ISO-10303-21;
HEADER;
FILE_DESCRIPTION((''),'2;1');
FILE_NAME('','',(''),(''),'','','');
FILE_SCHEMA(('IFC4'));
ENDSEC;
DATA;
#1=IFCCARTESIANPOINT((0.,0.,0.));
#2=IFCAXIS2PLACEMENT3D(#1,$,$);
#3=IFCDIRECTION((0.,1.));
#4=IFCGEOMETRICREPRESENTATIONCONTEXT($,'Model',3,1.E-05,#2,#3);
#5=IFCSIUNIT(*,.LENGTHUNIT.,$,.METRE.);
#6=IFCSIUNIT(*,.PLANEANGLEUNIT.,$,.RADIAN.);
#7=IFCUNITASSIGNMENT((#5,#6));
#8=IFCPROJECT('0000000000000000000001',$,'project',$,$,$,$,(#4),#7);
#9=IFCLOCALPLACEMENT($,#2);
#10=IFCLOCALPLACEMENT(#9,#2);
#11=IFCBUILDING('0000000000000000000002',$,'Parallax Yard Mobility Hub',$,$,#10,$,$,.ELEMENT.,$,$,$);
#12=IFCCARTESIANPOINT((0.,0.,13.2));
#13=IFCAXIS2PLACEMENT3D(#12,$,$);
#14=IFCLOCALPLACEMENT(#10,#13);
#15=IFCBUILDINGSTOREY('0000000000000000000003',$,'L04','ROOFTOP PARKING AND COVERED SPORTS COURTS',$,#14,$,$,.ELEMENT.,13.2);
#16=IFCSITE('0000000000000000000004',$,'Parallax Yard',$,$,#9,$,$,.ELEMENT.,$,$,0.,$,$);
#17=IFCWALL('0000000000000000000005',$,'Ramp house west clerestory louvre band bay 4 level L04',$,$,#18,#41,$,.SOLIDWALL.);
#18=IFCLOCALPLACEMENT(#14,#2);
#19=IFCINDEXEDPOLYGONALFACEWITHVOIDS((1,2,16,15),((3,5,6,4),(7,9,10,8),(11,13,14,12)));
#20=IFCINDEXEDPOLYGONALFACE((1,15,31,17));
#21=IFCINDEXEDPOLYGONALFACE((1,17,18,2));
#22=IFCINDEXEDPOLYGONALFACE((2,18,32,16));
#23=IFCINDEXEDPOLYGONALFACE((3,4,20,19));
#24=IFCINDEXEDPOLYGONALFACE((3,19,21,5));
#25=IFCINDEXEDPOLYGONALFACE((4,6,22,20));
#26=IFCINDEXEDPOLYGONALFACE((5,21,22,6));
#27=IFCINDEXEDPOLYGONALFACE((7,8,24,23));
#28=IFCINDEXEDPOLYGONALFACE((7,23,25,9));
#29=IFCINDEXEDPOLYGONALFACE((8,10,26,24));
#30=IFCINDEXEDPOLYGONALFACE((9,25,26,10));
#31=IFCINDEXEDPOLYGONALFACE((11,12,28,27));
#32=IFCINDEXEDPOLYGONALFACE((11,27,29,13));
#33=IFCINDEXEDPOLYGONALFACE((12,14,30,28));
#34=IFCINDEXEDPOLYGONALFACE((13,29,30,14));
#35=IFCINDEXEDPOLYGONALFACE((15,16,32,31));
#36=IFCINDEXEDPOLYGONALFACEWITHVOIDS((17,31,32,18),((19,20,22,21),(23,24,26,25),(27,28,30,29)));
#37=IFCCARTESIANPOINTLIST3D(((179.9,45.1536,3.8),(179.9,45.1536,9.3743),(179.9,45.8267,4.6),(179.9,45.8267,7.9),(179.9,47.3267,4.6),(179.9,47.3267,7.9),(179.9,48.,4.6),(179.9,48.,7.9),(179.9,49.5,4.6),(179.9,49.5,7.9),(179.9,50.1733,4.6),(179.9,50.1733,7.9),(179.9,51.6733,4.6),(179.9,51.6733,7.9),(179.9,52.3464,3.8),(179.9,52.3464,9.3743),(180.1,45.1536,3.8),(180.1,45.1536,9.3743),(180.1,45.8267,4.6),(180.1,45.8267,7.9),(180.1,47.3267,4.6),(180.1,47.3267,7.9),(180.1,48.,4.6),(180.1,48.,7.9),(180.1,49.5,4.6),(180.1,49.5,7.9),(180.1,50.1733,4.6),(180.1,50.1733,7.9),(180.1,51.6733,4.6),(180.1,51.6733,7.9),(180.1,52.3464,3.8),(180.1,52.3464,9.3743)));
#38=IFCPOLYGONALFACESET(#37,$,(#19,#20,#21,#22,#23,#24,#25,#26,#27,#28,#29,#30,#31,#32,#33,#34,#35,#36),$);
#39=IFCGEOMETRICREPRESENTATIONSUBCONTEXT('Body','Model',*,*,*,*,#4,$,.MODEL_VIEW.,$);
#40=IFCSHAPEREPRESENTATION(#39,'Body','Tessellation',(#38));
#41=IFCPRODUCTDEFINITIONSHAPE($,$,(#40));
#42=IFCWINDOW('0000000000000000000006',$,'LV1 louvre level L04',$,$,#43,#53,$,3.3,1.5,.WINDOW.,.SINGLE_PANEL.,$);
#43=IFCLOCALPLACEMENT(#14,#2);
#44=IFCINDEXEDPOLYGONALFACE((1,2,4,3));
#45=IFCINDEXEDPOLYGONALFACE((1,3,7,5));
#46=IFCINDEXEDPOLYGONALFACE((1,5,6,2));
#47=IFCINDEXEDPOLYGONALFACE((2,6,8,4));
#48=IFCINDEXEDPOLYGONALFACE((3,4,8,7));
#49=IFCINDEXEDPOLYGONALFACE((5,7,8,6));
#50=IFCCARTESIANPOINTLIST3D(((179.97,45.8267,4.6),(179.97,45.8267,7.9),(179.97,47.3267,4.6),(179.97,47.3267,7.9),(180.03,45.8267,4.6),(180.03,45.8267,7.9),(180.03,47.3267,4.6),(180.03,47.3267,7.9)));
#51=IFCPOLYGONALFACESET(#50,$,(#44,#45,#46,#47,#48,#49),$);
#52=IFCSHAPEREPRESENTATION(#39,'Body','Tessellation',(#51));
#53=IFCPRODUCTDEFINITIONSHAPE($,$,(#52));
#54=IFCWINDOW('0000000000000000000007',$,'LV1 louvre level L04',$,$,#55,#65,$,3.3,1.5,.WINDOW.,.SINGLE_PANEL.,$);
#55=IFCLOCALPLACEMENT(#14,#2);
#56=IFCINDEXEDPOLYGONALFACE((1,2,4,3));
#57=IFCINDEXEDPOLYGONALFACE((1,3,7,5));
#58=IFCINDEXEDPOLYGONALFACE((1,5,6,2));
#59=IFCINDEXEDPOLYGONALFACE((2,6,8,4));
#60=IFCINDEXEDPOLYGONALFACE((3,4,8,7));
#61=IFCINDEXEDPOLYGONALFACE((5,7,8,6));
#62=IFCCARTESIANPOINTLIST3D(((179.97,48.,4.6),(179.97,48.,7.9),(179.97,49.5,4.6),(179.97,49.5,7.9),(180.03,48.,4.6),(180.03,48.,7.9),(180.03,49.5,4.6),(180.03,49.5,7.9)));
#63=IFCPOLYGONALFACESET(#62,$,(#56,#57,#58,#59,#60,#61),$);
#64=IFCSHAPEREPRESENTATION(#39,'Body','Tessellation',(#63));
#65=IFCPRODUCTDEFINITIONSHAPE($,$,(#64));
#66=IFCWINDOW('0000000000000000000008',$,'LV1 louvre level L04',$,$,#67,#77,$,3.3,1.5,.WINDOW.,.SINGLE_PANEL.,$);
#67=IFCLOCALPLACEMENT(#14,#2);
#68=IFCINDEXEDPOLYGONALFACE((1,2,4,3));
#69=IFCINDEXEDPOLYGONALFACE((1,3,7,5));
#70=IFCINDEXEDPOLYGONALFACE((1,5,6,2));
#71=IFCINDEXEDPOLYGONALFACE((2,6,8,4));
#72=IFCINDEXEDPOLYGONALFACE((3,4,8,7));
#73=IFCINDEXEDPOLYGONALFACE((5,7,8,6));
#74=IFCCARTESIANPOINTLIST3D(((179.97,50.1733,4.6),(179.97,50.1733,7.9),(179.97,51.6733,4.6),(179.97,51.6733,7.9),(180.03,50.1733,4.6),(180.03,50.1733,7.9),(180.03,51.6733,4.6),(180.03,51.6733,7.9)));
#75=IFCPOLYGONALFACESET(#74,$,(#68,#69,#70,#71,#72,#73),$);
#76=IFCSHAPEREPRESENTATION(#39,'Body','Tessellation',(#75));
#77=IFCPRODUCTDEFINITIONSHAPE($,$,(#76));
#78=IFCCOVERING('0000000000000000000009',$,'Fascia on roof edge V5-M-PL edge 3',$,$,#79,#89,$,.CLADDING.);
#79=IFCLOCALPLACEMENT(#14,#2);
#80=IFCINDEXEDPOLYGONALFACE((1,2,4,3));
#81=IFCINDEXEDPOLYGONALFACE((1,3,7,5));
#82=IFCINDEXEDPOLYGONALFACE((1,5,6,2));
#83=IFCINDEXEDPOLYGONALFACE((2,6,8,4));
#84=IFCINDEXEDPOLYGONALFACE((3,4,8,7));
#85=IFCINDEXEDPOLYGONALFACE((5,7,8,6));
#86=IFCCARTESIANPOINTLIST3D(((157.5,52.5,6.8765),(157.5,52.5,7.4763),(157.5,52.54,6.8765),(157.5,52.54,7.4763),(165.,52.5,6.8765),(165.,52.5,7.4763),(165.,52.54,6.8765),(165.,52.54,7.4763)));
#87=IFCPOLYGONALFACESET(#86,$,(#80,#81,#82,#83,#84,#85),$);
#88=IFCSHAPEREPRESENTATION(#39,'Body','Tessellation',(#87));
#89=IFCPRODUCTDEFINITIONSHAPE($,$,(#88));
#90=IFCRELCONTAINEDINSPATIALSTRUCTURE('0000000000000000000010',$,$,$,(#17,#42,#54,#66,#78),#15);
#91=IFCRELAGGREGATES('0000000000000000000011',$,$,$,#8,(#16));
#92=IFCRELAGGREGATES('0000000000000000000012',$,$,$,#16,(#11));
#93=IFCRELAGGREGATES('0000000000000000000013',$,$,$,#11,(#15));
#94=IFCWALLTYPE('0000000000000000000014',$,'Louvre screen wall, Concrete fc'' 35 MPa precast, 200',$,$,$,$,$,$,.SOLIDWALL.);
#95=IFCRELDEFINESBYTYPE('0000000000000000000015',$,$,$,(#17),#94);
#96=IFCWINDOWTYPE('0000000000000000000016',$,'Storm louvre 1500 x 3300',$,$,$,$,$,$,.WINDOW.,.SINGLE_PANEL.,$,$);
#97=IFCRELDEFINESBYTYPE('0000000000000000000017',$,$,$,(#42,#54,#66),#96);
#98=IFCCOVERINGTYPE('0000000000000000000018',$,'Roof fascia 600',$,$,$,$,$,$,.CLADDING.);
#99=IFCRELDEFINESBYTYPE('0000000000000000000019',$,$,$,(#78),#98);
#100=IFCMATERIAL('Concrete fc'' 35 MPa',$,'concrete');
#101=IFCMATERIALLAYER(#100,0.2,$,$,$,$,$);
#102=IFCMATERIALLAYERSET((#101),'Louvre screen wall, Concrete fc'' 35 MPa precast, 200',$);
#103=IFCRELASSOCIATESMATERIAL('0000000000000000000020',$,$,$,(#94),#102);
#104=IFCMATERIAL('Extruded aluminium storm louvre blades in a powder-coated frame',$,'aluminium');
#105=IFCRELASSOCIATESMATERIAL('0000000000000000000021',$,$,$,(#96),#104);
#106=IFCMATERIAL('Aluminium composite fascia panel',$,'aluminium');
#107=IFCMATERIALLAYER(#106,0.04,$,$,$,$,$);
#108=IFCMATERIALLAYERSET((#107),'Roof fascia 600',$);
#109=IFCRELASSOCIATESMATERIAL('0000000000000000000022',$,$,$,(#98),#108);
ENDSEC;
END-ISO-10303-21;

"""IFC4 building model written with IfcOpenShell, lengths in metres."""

from ifc_helpers import new_model, si_unit, direction, frame, frame_2d, origin, place, context, subcontext, project, spatial, polyline, rectangle, outline, extrude, material, layer, layer_set, type_object, element, fill, save


model = new_model("IFC4")

# Units and contexts
model_context = context("Model", 3, precision=1e-05, world=origin(), true_north=direction((0.0, 1.0)))
body_context = subcontext(model_context, "Body", "Model", "MODEL_VIEW")
ifc_project = project(units=[si_unit("LENGTHUNIT", "METRE"), si_unit("PLANEANGLEUNIT", "RADIAN")], contexts=[model_context])

# Site, building, storey
site_placement = place(None, origin())
site = spatial("IfcSite", under=ifc_project, at=site_placement, Name="Parallax Yard", CompositionType="ELEMENT", RefElevation=0.0)
building_placement = place(site_placement, origin())
building = spatial("IfcBuilding", under=site, at=building_placement, Name="Parallax Yard Mobility Hub", CompositionType="ELEMENT")
storey_placement = place(building_placement, frame((0.0, 0.0, 13.2)))
storey = spatial("IfcBuildingStorey", under=building, at=storey_placement, Name="L04", Description="ROOFTOP PARKING AND COVERED SPORTS COURTS", CompositionType="ELEMENT", Elevation=13.2)

# Wall, openings, windows
ifc_material_1 = material(Name="Concrete fc' 35 MPa", Category="concrete")
ifc_layer_1 = layer(ifc_material_1, 0.2)
ifc_layer_set_1 = layer_set([ifc_layer_1], Name="Louvre screen wall, Concrete fc' 35 MPa precast, 200")
wall_type = type_object("IfcWallType", Name="Louvre screen wall, Concrete fc' 35 MPa precast, 200", PredefinedType="SOLIDWALL", material=ifc_layer_set_1)
wall_placement = place(storey_placement, frame((180.0, 45.1536, 3.8), z_axis=(0.0, 0.0, 1.0), x_axis=(0.0, 1.0, 0.0)))
wall = element("IfcWall", 1, at=wall_placement, inside=storey, type_object=wall_type, Name="Ramp house west clerestory louvre band bay 4 level L04", PredefinedType="SOLIDWALL", context=body_context, shape_type="SweptSolid", body=[
    extrude(rectangle(XDim=7.1929, YDim=0.2, at=frame_2d((3.5964, 0.0))), origin(), (0.0, 0.0, 1.0), 5.5742),
])
opening_1_placement = place(wall_placement, frame((0.6731, 0.0, 0.8)))
opening_1 = element("IfcOpeningElement", 2, at=opening_1_placement, cuts=wall, PredefinedType="OPENING", context=body_context, shape_type="SweptSolid", body=[
    extrude(rectangle(XDim=1.5, YDim=3.3, at=frame_2d((0.75, 1.6499))), frame((0.0, 0.1099, 0.0), z_axis=(0.0, -1.0, 0.0), x_axis=(1.0, 0.0, 0.0)), (0.0, 0.0, 1.0), 0.22),
])
opening_2_placement = place(wall_placement, frame((2.8464, 0.0, 0.8)))
opening_2 = element("IfcOpeningElement", 3, at=opening_2_placement, cuts=wall, PredefinedType="OPENING", context=body_context, shape_type="SweptSolid", body=[
    extrude(rectangle(XDim=1.5, YDim=3.3, at=frame_2d((0.75, 1.6499))), frame((0.0, 0.1099, 0.0), z_axis=(0.0, -1.0, 0.0), x_axis=(1.0, 0.0, 0.0)), (0.0, 0.0, 1.0), 0.22),
])
opening_3_placement = place(wall_placement, frame((5.0198, 0.0, 0.8)))
opening_3 = element("IfcOpeningElement", 4, at=opening_3_placement, cuts=wall, PredefinedType="OPENING", context=body_context, shape_type="SweptSolid", body=[
    extrude(rectangle(XDim=1.5, YDim=3.3, at=frame_2d((0.75, 1.6499))), frame((0.0, 0.1099, 0.0), z_axis=(0.0, -1.0, 0.0), x_axis=(1.0, 0.0, 0.0)), (0.0, 0.0, 1.0), 0.22),
])
ifc_material_2 = material(Name="Extruded aluminium storm louvre blades in a powder-coated frame", Category="aluminium")
window_type = type_object("IfcWindowType", Name="Storm louvre 1500 x 3300", PartitioningType="SINGLE_PANEL", PredefinedType="WINDOW", material=ifc_material_2)
window_1_placement = place(opening_1_placement, origin())
window_1 = element("IfcWindow", 5, at=window_1_placement, inside=storey, type_object=window_type, Name="LV1 louvre level L04", OverallHeight=3.3, OverallWidth=1.5, PartitioningType="SINGLE_PANEL", PredefinedType="WINDOW", context=body_context, shape_type="SweptSolid", body=[
    extrude(rectangle(XDim=1.5, YDim=3.3, at=frame_2d((0.75, 1.6499))), frame((0.0, 0.03, 0.0), z_axis=(0.0, -1.0, 0.0), x_axis=(1.0, 0.0, 0.0)), (0.0, 0.0, 1.0), 0.0601),
])
fill(opening_1, window_1)
window_2_placement = place(opening_2_placement, origin())
window_2 = element("IfcWindow", 6, at=window_2_placement, inside=storey, type_object=window_type, Name="LV1 louvre level L04", OverallHeight=3.3, OverallWidth=1.5, PartitioningType="SINGLE_PANEL", PredefinedType="WINDOW", context=body_context, shape_type="SweptSolid", body=[
    extrude(rectangle(XDim=1.5, YDim=3.3, at=frame_2d((0.75, 1.6499))), frame((0.0, 0.03, 0.0), z_axis=(0.0, -1.0, 0.0), x_axis=(1.0, 0.0, 0.0)), (0.0, 0.0, 1.0), 0.0601),
])
fill(opening_2, window_2)
window_3_placement = place(opening_3_placement, origin())
window_3 = element("IfcWindow", 7, at=window_3_placement, inside=storey, type_object=window_type, Name="LV1 louvre level L04", OverallHeight=3.3, OverallWidth=1.5, PartitioningType="SINGLE_PANEL", PredefinedType="WINDOW", context=body_context, shape_type="SweptSolid", body=[
    extrude(rectangle(XDim=1.5, YDim=3.3, at=frame_2d((0.75, 1.6499))), frame((0.0, 0.03, 0.0), z_axis=(0.0, -1.0, 0.0), x_axis=(1.0, 0.0, 0.0)), (0.0, 0.0, 1.0), 0.0601),
])
fill(opening_3, window_3)

# Covering
ifc_material_3 = material(Name="Aluminium composite fascia panel", Category="aluminium")
ifc_layer_2 = layer(ifc_material_3, 0.04)
ifc_layer_set_2 = layer_set([ifc_layer_2], Name="Roof fascia 600")
covering_type = type_object("IfcCoveringType", Name="Roof fascia 600", PredefinedType="CLADDING", material=ifc_layer_set_2)
covering_placement = place(storey_placement, frame((165.0, 52.5, 7.4763), z_axis=(0.0, -1.0, 0.0), x_axis=(-1.0, 0.0, 0.0)))
element("IfcCovering", 8, at=covering_placement, inside=storey, type_object=covering_type, Name="Fascia on roof edge V5-M-PL edge 3", PredefinedType="CLADDING", context=body_context, shape_type="SweptSolid", body=[
    extrude(outline(polyline([(0.0, 0.0), (7.5, 0.0), (7.5, 0.5999), (0.0, 0.5999), (0.0, 0.0)])), origin(), (0.0, 0.0, -1.0), 0.04),
])

save(model, "model.ifc")
